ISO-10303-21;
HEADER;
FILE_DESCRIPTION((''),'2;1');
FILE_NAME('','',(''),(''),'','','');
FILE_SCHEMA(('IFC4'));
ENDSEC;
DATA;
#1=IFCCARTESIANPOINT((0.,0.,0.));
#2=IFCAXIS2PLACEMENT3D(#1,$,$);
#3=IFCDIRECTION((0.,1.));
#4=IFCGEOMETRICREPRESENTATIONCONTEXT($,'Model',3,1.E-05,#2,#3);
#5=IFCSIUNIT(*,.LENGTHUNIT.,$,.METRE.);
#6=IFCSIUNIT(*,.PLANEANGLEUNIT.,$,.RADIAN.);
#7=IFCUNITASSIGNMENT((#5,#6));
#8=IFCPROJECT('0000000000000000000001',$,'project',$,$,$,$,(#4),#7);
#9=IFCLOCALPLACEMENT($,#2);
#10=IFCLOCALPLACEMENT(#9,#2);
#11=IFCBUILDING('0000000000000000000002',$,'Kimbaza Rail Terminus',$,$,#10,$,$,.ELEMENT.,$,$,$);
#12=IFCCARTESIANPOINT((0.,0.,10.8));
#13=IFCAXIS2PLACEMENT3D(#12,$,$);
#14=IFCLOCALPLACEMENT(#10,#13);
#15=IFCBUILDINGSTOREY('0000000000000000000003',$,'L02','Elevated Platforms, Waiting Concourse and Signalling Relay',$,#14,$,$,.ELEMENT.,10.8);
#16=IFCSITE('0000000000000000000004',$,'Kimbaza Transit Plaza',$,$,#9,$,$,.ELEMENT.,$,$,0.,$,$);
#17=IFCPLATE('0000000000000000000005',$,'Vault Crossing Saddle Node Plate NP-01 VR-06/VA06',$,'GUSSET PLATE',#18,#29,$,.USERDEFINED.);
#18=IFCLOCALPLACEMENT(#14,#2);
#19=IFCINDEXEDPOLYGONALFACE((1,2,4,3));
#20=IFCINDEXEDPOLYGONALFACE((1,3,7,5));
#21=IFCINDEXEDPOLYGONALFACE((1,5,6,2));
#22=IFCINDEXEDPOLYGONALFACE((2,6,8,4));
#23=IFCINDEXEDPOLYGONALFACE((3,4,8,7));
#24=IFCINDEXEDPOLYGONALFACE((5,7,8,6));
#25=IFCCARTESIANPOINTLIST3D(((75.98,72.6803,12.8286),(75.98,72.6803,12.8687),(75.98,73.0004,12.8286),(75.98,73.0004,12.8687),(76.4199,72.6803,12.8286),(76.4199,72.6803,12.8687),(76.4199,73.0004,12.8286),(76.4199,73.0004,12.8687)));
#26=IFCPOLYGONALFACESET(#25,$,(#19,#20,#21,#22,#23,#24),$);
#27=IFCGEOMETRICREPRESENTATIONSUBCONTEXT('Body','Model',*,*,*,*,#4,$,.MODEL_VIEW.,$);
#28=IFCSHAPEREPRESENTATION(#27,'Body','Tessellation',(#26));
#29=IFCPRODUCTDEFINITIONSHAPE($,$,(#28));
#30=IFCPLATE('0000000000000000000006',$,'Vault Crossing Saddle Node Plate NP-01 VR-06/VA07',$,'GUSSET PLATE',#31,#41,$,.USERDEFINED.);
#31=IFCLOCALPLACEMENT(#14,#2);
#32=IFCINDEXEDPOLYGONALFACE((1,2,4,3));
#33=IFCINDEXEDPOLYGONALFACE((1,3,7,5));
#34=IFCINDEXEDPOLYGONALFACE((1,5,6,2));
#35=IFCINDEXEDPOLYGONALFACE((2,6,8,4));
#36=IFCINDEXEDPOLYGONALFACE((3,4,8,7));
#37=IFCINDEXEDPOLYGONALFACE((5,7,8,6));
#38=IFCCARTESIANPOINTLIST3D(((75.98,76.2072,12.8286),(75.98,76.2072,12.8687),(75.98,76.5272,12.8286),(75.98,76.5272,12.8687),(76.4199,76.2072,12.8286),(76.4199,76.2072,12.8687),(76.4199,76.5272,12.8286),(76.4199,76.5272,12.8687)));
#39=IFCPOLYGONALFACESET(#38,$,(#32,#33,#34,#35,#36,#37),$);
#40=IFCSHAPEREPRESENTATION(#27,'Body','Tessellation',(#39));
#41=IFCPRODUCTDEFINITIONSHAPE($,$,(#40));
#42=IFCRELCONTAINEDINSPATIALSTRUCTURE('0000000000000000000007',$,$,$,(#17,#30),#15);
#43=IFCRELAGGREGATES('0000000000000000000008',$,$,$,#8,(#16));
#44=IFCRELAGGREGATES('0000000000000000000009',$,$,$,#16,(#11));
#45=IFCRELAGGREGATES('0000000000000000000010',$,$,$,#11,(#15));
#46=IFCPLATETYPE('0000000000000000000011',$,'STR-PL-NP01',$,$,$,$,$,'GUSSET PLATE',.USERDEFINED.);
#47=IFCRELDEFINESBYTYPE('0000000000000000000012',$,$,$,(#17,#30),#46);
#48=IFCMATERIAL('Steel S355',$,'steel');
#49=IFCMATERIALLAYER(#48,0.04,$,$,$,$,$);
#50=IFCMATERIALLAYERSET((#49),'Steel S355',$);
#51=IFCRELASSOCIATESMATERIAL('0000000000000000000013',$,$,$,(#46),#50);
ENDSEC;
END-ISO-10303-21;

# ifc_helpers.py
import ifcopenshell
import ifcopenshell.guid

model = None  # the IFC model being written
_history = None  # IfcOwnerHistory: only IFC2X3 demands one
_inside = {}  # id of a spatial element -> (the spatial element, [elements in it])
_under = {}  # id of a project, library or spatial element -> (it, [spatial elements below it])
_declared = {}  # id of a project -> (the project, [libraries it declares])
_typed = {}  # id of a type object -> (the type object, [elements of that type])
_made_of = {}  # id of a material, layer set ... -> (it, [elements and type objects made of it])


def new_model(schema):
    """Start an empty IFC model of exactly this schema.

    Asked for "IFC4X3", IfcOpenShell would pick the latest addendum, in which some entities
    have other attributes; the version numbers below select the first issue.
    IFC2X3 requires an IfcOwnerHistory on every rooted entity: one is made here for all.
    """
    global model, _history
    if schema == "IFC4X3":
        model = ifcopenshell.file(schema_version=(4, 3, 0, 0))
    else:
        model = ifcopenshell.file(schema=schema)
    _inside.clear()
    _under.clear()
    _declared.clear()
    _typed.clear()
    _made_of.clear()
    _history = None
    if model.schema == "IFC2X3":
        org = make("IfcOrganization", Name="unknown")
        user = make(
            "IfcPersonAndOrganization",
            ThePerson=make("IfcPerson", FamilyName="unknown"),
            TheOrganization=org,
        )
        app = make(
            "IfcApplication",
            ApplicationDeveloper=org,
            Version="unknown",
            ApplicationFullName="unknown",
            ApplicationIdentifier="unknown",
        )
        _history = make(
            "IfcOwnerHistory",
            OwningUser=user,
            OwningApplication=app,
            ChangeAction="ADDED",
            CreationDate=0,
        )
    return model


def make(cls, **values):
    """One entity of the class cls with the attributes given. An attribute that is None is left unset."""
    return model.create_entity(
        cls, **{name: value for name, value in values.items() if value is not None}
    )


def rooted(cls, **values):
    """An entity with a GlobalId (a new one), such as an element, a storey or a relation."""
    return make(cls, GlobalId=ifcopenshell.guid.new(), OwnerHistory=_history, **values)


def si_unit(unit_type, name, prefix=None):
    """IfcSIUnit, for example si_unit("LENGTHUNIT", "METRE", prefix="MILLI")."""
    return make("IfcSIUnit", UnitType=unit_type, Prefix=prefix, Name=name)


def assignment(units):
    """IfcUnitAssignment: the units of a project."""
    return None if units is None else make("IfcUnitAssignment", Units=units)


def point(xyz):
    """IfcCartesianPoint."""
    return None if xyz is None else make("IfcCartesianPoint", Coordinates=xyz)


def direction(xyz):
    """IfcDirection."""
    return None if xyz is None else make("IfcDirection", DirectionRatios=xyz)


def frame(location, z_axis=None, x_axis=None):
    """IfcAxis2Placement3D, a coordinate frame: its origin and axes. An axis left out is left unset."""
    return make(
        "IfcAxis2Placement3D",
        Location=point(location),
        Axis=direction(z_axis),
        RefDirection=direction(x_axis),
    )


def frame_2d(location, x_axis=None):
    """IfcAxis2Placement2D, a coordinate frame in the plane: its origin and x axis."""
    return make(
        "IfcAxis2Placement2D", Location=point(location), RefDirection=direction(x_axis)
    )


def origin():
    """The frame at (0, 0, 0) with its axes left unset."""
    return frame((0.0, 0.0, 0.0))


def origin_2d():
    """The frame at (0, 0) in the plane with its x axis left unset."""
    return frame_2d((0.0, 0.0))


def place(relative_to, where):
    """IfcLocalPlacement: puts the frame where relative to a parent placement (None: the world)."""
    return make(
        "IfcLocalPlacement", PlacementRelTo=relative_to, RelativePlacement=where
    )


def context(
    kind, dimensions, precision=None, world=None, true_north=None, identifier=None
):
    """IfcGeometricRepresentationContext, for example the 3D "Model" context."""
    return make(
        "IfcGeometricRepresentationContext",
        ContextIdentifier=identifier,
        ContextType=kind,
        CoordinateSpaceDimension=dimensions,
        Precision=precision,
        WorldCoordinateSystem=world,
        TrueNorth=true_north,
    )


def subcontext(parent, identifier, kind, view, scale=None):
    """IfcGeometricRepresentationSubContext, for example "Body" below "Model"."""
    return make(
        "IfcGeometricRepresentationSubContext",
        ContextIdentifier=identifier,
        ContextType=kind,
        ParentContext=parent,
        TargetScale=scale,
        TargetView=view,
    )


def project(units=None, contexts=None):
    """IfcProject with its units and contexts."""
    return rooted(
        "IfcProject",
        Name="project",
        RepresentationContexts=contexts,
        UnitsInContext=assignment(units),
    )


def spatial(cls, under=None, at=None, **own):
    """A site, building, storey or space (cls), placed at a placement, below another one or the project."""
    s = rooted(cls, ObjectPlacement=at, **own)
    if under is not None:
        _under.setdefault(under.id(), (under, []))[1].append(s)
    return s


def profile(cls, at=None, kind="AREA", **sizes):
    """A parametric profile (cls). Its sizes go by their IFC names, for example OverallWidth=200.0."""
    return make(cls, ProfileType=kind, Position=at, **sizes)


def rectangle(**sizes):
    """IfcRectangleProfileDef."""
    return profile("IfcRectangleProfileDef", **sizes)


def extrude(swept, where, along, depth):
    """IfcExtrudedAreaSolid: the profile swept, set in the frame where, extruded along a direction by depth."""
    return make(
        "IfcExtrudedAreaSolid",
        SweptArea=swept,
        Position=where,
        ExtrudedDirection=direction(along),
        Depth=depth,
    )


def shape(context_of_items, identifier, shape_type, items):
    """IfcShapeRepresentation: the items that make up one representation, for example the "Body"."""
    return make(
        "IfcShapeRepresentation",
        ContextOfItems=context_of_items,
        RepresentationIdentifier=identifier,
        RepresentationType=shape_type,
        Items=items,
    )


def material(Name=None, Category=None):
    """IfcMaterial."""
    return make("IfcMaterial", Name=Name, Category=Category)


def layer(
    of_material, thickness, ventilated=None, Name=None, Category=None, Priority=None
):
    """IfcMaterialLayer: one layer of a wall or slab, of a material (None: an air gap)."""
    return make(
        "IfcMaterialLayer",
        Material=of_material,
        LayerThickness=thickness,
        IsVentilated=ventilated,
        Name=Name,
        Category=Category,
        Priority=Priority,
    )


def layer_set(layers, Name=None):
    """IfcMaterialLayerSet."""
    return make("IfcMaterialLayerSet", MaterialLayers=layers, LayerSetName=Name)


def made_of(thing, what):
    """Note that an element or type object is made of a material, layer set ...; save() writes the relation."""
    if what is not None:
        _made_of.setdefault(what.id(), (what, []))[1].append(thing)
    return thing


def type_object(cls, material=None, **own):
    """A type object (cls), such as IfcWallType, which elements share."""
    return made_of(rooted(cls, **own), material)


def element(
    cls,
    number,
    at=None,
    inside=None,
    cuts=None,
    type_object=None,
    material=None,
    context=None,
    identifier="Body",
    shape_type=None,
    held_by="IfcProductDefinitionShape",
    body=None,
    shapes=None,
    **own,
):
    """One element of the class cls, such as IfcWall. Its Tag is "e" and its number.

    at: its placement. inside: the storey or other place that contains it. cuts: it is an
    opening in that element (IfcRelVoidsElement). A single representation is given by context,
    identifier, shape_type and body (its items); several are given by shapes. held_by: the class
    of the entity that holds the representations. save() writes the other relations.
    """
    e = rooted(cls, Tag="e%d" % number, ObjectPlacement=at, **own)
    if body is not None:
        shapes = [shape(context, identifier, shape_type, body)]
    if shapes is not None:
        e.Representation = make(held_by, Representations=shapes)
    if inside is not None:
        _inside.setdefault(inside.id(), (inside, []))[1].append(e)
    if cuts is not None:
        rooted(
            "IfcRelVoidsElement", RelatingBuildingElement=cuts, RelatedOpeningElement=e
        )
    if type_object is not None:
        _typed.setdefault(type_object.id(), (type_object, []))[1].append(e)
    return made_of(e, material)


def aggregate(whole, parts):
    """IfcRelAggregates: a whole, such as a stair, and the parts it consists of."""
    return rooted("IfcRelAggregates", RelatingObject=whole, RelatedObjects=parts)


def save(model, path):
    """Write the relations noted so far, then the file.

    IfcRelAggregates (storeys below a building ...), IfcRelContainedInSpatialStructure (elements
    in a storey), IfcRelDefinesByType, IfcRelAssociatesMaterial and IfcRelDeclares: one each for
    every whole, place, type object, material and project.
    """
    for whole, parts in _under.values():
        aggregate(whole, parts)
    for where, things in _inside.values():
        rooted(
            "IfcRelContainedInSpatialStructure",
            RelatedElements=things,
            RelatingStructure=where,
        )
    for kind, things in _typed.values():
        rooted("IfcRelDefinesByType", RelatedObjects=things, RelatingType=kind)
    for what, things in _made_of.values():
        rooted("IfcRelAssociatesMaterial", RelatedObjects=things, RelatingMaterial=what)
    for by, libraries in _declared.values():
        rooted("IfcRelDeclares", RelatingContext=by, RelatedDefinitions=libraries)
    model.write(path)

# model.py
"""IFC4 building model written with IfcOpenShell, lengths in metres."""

from ifc_helpers import new_model, si_unit, direction, frame, origin, origin_2d, place, context, subcontext, project, spatial, rectangle, extrude, material, layer, layer_set, type_object, element, save


model = new_model("IFC4")

# Units and contexts
model_context = context("Model", 3, precision=1e-05, world=origin(), true_north=direction((0.0, 1.0)))
body_context = subcontext(model_context, "Body", "Model", "MODEL_VIEW")
ifc_project = project(units=[si_unit("LENGTHUNIT", "METRE"), si_unit("PLANEANGLEUNIT", "RADIAN")], contexts=[model_context])

# Site, building, storey
site_placement = place(None, origin())
site = spatial("IfcSite", under=ifc_project, at=site_placement, Name="Kimbaza Transit Plaza", CompositionType="ELEMENT", RefElevation=0.0)
building_placement = place(site_placement, origin())
building = spatial("IfcBuilding", under=site, at=building_placement, Name="Kimbaza Rail Terminus", CompositionType="ELEMENT")
storey_placement = place(building_placement, frame((0.0, 0.0, 10.8)))
storey = spatial("IfcBuildingStorey", under=building, at=storey_placement, Name="L02", Description="Elevated Platforms, Waiting Concourse and Signalling Relay", CompositionType="ELEMENT", Elevation=10.8)

# Plates
ifc_material_1 = material(Name="Steel S355", Category="steel")
ifc_layer_1 = layer(ifc_material_1, 0.04)
ifc_layer_set_1 = layer_set([ifc_layer_1], Name="Steel S355")
plate_type_1 = type_object("IfcPlateType", Name="STR-PL-NP01", ElementType="GUSSET PLATE", PredefinedType="USERDEFINED", material=ifc_layer_set_1)
for number, where, z_axis, x_axis, name in (
    (1, (76.2, 72.8403, 12.8286), (0.0, 0.0, 1.0), (1.0, 0.0, 0.0), "Vault Crossing Saddle Node Plate NP-01 VR-06/VA06"),
    (2, (76.2, 76.3672, 12.8286), (0.0, 0.0, 1.0), (1.0, 0.0, 0.0), "Vault Crossing Saddle Node Plate NP-01 VR-06/VA07"),
):
    element("IfcPlate", number, at=place(storey_placement, frame(where, z_axis=z_axis, x_axis=x_axis)), inside=storey, type_object=plate_type_1, Name=name, ObjectType="GUSSET PLATE", PredefinedType="USERDEFINED", context=body_context, shape_type="SweptSolid", body=[
        extrude(rectangle(XDim=0.4399, YDim=0.3201, at=origin_2d()), origin(), (0.0, 0.0, 1.0), 0.04),
    ])

save(model, "model.ifc")
